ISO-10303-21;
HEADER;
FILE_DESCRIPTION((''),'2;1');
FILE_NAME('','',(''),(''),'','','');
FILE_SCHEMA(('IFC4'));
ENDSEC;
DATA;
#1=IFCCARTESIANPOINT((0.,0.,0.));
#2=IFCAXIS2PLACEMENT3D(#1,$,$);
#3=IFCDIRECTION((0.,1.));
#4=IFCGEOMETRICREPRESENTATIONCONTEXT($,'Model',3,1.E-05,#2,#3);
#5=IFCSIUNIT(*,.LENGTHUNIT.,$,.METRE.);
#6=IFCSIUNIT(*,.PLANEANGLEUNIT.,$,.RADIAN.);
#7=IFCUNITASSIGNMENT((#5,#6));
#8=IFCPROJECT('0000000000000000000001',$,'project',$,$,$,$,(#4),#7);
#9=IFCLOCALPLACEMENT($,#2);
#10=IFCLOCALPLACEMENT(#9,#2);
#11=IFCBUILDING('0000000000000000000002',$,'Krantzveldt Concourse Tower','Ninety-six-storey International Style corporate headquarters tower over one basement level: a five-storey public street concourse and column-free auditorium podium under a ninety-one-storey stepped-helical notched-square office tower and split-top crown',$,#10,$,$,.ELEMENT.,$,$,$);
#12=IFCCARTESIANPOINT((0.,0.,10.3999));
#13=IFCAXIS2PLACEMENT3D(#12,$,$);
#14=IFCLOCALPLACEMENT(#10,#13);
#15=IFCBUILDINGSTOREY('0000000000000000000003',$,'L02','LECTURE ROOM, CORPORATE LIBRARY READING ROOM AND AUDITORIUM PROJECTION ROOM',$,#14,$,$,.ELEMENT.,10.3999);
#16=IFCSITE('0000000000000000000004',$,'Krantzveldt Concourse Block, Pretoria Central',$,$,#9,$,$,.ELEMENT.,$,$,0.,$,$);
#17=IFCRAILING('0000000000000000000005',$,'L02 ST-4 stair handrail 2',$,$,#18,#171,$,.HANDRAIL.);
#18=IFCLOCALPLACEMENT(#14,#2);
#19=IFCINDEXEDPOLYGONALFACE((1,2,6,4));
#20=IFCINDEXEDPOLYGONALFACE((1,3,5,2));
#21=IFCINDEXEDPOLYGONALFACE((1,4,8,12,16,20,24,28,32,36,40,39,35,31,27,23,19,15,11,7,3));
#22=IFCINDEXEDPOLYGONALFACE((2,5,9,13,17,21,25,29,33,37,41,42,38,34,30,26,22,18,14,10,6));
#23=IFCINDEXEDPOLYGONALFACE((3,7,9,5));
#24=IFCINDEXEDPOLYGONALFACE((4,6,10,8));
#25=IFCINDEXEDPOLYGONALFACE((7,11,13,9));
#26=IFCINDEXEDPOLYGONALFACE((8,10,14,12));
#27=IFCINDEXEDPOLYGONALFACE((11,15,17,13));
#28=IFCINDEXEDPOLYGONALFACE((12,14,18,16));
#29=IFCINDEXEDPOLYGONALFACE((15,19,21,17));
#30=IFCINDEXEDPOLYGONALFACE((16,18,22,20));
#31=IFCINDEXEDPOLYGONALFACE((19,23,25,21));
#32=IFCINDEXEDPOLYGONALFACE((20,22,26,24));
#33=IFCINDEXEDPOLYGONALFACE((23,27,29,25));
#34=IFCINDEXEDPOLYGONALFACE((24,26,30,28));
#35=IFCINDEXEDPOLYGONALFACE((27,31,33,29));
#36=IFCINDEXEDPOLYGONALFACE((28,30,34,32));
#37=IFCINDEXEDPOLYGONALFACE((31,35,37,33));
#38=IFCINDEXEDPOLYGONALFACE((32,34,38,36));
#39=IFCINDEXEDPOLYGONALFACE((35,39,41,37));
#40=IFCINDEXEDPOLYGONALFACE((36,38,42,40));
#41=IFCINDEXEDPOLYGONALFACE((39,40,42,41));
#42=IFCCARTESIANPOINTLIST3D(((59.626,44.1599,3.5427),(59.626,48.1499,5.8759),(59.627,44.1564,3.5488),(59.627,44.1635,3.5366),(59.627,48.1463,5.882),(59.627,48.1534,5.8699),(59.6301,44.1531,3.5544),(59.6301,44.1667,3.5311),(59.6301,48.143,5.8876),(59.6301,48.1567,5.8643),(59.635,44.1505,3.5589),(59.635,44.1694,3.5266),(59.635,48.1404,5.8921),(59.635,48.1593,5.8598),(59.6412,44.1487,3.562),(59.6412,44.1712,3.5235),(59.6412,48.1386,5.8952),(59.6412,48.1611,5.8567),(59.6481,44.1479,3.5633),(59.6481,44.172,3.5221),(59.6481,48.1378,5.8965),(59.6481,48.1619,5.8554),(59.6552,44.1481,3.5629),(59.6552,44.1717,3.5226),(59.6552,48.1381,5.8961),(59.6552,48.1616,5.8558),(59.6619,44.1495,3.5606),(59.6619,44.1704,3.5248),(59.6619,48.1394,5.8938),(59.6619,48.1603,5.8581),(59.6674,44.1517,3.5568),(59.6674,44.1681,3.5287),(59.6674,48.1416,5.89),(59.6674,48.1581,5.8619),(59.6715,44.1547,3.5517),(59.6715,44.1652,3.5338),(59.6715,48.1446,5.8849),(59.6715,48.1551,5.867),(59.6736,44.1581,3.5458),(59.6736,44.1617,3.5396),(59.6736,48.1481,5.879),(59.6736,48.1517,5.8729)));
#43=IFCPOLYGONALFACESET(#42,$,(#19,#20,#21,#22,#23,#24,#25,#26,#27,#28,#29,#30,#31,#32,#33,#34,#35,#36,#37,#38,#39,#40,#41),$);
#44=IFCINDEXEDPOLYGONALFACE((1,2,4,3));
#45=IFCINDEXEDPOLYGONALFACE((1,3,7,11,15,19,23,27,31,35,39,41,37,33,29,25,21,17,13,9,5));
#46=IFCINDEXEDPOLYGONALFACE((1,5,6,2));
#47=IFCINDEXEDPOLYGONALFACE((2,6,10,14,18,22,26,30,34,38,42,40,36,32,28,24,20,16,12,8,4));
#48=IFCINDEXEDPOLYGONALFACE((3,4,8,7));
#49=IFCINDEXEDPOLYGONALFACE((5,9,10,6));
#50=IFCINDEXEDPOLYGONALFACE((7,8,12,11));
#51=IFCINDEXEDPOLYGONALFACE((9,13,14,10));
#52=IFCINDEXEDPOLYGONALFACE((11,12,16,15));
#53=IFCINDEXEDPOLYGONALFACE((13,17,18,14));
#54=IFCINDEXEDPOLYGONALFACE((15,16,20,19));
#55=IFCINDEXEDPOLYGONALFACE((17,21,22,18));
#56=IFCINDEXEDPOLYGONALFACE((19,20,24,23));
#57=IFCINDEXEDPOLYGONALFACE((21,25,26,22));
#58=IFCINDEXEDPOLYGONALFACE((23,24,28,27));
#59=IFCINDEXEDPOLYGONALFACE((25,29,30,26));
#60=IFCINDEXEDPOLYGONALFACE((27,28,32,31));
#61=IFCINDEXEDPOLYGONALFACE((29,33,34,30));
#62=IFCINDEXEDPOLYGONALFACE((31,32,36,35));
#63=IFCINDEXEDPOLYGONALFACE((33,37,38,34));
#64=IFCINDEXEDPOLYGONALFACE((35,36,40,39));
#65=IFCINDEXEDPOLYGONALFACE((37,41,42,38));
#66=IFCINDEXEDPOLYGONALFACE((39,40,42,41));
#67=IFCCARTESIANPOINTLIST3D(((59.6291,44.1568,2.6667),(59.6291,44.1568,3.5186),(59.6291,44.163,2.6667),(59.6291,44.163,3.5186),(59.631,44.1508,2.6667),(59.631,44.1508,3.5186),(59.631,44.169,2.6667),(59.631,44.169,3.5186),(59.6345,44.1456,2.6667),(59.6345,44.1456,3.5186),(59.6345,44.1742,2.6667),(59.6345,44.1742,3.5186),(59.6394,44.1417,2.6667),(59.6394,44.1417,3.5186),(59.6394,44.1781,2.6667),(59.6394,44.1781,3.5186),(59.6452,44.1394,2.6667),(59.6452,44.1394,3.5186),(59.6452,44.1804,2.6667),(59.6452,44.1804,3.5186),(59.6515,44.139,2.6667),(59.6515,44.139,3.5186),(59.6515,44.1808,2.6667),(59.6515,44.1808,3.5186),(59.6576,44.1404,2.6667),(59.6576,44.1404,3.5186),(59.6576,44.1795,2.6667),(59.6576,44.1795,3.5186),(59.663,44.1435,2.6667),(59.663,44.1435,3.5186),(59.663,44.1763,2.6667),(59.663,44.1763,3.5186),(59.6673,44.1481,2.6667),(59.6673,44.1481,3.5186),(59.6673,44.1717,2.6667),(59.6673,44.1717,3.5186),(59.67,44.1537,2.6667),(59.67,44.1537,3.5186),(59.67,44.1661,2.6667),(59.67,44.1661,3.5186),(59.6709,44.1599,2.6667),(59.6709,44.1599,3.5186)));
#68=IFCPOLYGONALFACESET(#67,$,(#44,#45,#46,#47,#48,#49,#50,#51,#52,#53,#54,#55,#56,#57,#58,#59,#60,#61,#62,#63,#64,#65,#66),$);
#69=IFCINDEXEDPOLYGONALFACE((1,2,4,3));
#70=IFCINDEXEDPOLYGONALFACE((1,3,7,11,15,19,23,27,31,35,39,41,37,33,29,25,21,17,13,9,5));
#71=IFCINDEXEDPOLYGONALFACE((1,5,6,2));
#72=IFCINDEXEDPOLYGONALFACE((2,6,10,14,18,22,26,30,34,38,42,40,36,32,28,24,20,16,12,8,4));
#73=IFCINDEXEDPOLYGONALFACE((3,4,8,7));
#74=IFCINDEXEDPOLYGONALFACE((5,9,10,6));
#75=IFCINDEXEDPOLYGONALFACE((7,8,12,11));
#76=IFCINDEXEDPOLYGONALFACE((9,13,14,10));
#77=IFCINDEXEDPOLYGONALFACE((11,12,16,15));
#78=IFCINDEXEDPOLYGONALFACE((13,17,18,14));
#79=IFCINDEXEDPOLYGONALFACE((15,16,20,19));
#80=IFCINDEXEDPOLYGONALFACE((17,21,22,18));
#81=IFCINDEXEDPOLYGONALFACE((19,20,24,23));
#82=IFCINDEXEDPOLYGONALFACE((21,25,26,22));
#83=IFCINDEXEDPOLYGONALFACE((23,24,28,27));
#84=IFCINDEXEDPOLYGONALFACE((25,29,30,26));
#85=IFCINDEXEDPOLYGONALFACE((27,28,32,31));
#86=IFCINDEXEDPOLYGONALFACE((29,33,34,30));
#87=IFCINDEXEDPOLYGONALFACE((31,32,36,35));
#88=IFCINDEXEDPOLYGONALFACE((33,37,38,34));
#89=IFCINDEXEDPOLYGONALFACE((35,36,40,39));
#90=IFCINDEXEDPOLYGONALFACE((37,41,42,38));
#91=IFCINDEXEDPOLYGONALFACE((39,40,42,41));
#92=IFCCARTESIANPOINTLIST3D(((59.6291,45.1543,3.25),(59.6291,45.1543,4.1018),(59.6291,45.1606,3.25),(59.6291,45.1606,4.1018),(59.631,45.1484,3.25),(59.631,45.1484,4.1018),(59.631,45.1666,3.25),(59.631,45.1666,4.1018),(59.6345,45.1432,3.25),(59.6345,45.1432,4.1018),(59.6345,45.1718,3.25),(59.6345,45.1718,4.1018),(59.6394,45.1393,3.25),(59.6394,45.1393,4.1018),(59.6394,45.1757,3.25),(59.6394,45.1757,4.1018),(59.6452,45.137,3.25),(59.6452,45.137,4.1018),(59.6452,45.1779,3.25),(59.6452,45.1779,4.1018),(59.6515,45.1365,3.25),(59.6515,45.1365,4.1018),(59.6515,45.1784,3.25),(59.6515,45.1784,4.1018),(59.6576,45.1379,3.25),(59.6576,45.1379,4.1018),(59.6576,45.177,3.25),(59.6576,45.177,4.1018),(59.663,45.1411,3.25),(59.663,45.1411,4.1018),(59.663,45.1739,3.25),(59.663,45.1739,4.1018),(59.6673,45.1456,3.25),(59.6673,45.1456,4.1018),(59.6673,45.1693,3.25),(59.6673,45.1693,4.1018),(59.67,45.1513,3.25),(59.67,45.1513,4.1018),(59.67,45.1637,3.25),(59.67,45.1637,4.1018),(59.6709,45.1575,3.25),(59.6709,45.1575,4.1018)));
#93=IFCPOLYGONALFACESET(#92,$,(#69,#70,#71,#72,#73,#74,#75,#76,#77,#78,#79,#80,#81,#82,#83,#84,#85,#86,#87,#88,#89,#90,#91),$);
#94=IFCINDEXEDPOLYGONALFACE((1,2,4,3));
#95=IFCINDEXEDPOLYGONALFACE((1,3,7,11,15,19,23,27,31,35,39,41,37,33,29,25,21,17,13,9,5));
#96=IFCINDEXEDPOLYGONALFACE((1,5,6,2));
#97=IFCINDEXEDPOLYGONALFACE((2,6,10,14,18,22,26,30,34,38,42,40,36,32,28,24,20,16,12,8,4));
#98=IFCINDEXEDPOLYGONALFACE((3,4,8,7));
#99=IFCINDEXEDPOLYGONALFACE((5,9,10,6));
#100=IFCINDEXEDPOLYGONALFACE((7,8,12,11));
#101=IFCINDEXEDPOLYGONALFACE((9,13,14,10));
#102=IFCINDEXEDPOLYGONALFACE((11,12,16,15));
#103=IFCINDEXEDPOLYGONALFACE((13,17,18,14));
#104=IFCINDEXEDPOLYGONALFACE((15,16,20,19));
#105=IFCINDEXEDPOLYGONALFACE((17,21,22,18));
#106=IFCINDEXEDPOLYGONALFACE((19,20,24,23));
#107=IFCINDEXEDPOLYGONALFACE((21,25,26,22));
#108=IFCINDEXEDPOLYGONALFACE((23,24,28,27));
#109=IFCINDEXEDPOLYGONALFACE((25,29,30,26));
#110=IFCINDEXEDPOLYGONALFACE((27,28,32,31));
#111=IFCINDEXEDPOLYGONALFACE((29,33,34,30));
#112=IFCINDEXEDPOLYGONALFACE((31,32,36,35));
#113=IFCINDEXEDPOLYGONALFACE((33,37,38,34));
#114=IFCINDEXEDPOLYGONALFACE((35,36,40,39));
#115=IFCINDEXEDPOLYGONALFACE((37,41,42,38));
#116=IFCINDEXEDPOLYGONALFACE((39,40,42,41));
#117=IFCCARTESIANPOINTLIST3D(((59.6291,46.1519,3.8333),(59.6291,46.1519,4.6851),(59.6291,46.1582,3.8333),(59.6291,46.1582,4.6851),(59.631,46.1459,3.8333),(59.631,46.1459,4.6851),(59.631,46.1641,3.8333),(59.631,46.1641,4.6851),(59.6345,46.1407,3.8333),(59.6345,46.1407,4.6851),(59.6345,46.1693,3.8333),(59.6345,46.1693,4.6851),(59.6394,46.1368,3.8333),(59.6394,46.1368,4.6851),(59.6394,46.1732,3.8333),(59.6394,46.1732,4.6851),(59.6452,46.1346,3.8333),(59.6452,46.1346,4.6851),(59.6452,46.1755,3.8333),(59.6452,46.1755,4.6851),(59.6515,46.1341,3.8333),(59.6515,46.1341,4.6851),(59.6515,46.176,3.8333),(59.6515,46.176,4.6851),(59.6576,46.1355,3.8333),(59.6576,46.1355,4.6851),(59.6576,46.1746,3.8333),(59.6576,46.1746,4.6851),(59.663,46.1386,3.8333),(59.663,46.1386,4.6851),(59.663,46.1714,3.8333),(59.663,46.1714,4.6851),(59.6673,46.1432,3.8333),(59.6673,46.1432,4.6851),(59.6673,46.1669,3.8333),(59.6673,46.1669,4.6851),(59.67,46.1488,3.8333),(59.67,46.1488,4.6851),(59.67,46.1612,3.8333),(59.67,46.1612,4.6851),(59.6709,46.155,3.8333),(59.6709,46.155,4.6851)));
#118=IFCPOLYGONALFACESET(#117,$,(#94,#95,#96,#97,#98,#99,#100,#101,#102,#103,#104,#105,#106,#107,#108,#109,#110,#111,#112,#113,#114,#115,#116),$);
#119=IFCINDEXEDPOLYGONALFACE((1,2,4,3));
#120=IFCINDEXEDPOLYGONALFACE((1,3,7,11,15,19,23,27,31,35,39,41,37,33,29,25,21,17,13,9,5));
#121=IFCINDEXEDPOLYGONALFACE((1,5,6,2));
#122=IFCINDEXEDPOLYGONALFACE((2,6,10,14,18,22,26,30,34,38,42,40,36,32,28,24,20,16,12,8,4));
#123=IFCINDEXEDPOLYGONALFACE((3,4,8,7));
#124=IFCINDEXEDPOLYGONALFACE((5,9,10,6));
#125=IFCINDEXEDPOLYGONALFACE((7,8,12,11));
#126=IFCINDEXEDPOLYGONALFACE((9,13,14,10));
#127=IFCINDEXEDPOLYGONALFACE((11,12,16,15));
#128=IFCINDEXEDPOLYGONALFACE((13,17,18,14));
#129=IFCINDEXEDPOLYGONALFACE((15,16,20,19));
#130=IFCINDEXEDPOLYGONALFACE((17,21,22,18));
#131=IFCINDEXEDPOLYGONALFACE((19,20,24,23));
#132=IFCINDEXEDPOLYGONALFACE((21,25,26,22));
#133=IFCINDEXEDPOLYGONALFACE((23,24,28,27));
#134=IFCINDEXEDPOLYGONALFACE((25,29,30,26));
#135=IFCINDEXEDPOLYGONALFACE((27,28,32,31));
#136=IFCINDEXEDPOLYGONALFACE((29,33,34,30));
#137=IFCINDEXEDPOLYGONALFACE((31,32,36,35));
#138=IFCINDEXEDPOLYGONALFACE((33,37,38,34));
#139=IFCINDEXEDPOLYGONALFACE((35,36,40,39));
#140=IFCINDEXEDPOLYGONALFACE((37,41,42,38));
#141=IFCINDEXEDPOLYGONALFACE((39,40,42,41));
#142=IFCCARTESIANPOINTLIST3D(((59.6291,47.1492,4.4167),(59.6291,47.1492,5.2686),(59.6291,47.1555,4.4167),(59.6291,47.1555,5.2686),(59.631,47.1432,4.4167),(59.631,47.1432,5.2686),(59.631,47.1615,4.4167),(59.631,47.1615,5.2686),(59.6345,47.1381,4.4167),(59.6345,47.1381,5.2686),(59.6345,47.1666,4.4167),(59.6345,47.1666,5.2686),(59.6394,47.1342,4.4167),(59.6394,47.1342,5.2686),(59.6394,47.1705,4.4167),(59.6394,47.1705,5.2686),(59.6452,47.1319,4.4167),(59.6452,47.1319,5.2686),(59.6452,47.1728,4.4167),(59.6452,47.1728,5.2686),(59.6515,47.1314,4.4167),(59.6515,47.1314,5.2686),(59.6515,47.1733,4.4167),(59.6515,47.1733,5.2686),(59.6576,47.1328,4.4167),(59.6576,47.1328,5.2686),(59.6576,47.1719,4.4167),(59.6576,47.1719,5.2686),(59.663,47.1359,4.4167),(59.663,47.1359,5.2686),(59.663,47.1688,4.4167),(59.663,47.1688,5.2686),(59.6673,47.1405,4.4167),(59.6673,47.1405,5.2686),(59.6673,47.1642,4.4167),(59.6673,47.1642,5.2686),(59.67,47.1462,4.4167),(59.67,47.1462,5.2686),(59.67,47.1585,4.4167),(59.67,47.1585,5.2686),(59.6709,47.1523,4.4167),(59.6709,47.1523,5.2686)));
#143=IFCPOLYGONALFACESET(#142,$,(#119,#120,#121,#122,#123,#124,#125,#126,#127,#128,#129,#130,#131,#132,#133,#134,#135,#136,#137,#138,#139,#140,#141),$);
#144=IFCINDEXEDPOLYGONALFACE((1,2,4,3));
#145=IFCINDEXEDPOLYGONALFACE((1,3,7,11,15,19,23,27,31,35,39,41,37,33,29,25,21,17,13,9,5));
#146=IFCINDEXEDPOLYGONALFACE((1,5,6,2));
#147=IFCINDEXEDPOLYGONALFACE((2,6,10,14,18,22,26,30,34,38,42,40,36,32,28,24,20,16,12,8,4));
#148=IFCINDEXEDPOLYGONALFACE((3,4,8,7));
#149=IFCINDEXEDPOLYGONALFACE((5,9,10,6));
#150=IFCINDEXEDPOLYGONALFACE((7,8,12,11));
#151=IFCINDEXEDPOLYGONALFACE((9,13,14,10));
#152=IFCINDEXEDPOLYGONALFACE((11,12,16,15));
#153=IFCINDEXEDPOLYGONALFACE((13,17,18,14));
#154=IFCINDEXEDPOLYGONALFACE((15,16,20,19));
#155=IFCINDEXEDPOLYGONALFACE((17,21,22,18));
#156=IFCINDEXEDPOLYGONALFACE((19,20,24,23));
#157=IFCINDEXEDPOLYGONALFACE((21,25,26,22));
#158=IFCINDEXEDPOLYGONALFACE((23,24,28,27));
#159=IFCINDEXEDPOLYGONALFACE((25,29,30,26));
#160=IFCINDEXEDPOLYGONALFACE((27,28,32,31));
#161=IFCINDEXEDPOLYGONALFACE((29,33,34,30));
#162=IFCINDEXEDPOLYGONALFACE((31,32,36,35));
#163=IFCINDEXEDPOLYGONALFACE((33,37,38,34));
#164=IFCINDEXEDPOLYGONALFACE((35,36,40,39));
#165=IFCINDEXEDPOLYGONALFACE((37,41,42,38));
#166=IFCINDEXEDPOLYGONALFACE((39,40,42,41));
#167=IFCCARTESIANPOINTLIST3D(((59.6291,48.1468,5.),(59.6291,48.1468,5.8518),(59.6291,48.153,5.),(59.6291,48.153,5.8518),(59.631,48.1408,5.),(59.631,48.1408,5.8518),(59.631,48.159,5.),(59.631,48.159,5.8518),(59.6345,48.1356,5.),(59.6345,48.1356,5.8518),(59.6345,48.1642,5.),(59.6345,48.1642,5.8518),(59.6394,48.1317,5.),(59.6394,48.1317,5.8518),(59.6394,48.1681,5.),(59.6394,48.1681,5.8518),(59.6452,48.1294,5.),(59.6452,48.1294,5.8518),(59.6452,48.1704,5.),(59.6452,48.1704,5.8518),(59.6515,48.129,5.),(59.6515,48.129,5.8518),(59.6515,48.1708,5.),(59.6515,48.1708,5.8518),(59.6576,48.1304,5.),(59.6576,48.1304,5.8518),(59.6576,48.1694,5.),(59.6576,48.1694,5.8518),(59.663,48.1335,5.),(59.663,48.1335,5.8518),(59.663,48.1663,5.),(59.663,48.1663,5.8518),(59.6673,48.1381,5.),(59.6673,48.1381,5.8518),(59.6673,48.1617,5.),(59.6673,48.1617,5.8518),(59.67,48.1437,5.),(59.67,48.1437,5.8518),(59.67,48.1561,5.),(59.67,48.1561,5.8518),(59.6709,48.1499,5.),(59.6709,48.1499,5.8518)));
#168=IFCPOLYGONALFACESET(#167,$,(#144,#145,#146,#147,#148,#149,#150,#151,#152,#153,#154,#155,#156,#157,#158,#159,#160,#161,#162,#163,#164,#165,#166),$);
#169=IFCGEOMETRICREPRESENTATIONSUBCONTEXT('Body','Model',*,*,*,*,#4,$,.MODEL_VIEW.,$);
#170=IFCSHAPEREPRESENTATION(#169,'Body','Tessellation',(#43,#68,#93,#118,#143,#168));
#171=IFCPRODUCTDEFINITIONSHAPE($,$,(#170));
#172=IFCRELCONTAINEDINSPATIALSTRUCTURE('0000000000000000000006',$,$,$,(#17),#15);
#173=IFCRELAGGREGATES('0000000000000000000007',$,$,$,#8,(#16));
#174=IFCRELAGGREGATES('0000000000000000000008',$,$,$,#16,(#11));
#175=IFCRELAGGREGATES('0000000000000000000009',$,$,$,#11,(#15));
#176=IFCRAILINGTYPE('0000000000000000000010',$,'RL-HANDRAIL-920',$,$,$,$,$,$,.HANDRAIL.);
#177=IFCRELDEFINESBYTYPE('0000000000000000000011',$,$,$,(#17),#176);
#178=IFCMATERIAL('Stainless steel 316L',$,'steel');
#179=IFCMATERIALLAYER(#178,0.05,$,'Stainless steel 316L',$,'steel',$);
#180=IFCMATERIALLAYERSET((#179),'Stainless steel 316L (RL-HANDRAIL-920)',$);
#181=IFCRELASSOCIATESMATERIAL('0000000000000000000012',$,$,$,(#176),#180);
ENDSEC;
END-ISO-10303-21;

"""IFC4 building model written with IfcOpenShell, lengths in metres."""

from ifc_helpers import new_model, si_unit, direction, frame, origin, origin_2d, place, context, subcontext, project, spatial, circle, extrude, material, layer, layer_set, type_object, element, save


model = new_model("IFC4")

# Units and contexts
model_context = context("Model", 3, precision=1e-05, world=origin(), true_north=direction((0.0, 1.0)))
body_context = subcontext(model_context, "Body", "Model", "MODEL_VIEW")
ifc_project = project(units=[si_unit("LENGTHUNIT", "METRE"), si_unit("PLANEANGLEUNIT", "RADIAN")], contexts=[model_context])

# Site, building, storey
site_placement = place(None, origin())
site = spatial("IfcSite", under=ifc_project, at=site_placement, Name="Krantzveldt Concourse Block, Pretoria Central", CompositionType="ELEMENT", RefElevation=0.0)
building_placement = place(site_placement, origin())
building = spatial("IfcBuilding", under=site, at=building_placement, Name="Krantzveldt Concourse Tower", Description="Ninety-six-storey International Style corporate headquarters tower over one basement level: a five-storey public street concourse and column-free auditorium podium under a ninety-one-storey stepped-helical notched-square office tower and split-top crown", CompositionType="ELEMENT")
storey_placement = place(building_placement, frame((0.0, 0.0, 10.3999)))
storey = spatial("IfcBuildingStorey", under=building, at=storey_placement, Name="L02", Description="LECTURE ROOM, CORPORATE LIBRARY READING ROOM AND AUDITORIUM PROJECTION ROOM", CompositionType="ELEMENT", Elevation=10.3999)

# Railing
ifc_material_1 = material(Name="Stainless steel 316L", Category="steel")
ifc_layer_1 = layer(ifc_material_1, 0.05, Name="Stainless steel 316L", Category="steel")
ifc_layer_set_1 = layer_set([ifc_layer_1], Name="Stainless steel 316L (RL-HANDRAIL-920)")
railing_type_1 = type_object("IfcRailingType", Name="RL-HANDRAIL-920", PredefinedType="HANDRAIL", material=ifc_layer_set_1)
railing_1_placement = place(storey_placement, frame((59.6499, 44.1599, 2.6667)))
element("IfcRailing", 1, at=railing_1_placement, inside=storey, type_object=railing_type_1, Name="L02 ST-4 stair handrail 2", PredefinedType="HANDRAIL", context=body_context, shape_type="SweptSolid", body=[
    extrude(circle(Radius=0.0239, at=origin_2d()), frame((0.0, 0.0, 0.876), z_axis=(0.0, 0.863236, 0.5048), x_axis=(-1.0, 0.0, 0.0)), (0.0, 0.0, 1.0), 4.6221),
    extrude(circle(Radius=0.021, at=origin_2d()), origin(), (0.0, 0.0, 1.0), 0.8518),
    extrude(circle(Radius=0.021, at=origin_2d()), frame((0.0, 0.9976, 0.5833)), (0.0, 0.0, 1.0), 0.8518),
    extrude(circle(Radius=0.021, at=origin_2d()), frame((0.0, 1.9951, 1.1665)), (0.0, 0.0, 1.0), 0.8518),
    extrude(circle(Radius=0.021, at=origin_2d()), frame((0.0, 2.9924, 1.75)), (0.0, 0.0, 1.0), 0.8518),
    extrude(circle(Radius=0.021, at=origin_2d()), frame((0.0, 3.99, 2.3333)), (0.0, 0.0, 1.0), 0.8518),
])

save(model, "model.ifc")
